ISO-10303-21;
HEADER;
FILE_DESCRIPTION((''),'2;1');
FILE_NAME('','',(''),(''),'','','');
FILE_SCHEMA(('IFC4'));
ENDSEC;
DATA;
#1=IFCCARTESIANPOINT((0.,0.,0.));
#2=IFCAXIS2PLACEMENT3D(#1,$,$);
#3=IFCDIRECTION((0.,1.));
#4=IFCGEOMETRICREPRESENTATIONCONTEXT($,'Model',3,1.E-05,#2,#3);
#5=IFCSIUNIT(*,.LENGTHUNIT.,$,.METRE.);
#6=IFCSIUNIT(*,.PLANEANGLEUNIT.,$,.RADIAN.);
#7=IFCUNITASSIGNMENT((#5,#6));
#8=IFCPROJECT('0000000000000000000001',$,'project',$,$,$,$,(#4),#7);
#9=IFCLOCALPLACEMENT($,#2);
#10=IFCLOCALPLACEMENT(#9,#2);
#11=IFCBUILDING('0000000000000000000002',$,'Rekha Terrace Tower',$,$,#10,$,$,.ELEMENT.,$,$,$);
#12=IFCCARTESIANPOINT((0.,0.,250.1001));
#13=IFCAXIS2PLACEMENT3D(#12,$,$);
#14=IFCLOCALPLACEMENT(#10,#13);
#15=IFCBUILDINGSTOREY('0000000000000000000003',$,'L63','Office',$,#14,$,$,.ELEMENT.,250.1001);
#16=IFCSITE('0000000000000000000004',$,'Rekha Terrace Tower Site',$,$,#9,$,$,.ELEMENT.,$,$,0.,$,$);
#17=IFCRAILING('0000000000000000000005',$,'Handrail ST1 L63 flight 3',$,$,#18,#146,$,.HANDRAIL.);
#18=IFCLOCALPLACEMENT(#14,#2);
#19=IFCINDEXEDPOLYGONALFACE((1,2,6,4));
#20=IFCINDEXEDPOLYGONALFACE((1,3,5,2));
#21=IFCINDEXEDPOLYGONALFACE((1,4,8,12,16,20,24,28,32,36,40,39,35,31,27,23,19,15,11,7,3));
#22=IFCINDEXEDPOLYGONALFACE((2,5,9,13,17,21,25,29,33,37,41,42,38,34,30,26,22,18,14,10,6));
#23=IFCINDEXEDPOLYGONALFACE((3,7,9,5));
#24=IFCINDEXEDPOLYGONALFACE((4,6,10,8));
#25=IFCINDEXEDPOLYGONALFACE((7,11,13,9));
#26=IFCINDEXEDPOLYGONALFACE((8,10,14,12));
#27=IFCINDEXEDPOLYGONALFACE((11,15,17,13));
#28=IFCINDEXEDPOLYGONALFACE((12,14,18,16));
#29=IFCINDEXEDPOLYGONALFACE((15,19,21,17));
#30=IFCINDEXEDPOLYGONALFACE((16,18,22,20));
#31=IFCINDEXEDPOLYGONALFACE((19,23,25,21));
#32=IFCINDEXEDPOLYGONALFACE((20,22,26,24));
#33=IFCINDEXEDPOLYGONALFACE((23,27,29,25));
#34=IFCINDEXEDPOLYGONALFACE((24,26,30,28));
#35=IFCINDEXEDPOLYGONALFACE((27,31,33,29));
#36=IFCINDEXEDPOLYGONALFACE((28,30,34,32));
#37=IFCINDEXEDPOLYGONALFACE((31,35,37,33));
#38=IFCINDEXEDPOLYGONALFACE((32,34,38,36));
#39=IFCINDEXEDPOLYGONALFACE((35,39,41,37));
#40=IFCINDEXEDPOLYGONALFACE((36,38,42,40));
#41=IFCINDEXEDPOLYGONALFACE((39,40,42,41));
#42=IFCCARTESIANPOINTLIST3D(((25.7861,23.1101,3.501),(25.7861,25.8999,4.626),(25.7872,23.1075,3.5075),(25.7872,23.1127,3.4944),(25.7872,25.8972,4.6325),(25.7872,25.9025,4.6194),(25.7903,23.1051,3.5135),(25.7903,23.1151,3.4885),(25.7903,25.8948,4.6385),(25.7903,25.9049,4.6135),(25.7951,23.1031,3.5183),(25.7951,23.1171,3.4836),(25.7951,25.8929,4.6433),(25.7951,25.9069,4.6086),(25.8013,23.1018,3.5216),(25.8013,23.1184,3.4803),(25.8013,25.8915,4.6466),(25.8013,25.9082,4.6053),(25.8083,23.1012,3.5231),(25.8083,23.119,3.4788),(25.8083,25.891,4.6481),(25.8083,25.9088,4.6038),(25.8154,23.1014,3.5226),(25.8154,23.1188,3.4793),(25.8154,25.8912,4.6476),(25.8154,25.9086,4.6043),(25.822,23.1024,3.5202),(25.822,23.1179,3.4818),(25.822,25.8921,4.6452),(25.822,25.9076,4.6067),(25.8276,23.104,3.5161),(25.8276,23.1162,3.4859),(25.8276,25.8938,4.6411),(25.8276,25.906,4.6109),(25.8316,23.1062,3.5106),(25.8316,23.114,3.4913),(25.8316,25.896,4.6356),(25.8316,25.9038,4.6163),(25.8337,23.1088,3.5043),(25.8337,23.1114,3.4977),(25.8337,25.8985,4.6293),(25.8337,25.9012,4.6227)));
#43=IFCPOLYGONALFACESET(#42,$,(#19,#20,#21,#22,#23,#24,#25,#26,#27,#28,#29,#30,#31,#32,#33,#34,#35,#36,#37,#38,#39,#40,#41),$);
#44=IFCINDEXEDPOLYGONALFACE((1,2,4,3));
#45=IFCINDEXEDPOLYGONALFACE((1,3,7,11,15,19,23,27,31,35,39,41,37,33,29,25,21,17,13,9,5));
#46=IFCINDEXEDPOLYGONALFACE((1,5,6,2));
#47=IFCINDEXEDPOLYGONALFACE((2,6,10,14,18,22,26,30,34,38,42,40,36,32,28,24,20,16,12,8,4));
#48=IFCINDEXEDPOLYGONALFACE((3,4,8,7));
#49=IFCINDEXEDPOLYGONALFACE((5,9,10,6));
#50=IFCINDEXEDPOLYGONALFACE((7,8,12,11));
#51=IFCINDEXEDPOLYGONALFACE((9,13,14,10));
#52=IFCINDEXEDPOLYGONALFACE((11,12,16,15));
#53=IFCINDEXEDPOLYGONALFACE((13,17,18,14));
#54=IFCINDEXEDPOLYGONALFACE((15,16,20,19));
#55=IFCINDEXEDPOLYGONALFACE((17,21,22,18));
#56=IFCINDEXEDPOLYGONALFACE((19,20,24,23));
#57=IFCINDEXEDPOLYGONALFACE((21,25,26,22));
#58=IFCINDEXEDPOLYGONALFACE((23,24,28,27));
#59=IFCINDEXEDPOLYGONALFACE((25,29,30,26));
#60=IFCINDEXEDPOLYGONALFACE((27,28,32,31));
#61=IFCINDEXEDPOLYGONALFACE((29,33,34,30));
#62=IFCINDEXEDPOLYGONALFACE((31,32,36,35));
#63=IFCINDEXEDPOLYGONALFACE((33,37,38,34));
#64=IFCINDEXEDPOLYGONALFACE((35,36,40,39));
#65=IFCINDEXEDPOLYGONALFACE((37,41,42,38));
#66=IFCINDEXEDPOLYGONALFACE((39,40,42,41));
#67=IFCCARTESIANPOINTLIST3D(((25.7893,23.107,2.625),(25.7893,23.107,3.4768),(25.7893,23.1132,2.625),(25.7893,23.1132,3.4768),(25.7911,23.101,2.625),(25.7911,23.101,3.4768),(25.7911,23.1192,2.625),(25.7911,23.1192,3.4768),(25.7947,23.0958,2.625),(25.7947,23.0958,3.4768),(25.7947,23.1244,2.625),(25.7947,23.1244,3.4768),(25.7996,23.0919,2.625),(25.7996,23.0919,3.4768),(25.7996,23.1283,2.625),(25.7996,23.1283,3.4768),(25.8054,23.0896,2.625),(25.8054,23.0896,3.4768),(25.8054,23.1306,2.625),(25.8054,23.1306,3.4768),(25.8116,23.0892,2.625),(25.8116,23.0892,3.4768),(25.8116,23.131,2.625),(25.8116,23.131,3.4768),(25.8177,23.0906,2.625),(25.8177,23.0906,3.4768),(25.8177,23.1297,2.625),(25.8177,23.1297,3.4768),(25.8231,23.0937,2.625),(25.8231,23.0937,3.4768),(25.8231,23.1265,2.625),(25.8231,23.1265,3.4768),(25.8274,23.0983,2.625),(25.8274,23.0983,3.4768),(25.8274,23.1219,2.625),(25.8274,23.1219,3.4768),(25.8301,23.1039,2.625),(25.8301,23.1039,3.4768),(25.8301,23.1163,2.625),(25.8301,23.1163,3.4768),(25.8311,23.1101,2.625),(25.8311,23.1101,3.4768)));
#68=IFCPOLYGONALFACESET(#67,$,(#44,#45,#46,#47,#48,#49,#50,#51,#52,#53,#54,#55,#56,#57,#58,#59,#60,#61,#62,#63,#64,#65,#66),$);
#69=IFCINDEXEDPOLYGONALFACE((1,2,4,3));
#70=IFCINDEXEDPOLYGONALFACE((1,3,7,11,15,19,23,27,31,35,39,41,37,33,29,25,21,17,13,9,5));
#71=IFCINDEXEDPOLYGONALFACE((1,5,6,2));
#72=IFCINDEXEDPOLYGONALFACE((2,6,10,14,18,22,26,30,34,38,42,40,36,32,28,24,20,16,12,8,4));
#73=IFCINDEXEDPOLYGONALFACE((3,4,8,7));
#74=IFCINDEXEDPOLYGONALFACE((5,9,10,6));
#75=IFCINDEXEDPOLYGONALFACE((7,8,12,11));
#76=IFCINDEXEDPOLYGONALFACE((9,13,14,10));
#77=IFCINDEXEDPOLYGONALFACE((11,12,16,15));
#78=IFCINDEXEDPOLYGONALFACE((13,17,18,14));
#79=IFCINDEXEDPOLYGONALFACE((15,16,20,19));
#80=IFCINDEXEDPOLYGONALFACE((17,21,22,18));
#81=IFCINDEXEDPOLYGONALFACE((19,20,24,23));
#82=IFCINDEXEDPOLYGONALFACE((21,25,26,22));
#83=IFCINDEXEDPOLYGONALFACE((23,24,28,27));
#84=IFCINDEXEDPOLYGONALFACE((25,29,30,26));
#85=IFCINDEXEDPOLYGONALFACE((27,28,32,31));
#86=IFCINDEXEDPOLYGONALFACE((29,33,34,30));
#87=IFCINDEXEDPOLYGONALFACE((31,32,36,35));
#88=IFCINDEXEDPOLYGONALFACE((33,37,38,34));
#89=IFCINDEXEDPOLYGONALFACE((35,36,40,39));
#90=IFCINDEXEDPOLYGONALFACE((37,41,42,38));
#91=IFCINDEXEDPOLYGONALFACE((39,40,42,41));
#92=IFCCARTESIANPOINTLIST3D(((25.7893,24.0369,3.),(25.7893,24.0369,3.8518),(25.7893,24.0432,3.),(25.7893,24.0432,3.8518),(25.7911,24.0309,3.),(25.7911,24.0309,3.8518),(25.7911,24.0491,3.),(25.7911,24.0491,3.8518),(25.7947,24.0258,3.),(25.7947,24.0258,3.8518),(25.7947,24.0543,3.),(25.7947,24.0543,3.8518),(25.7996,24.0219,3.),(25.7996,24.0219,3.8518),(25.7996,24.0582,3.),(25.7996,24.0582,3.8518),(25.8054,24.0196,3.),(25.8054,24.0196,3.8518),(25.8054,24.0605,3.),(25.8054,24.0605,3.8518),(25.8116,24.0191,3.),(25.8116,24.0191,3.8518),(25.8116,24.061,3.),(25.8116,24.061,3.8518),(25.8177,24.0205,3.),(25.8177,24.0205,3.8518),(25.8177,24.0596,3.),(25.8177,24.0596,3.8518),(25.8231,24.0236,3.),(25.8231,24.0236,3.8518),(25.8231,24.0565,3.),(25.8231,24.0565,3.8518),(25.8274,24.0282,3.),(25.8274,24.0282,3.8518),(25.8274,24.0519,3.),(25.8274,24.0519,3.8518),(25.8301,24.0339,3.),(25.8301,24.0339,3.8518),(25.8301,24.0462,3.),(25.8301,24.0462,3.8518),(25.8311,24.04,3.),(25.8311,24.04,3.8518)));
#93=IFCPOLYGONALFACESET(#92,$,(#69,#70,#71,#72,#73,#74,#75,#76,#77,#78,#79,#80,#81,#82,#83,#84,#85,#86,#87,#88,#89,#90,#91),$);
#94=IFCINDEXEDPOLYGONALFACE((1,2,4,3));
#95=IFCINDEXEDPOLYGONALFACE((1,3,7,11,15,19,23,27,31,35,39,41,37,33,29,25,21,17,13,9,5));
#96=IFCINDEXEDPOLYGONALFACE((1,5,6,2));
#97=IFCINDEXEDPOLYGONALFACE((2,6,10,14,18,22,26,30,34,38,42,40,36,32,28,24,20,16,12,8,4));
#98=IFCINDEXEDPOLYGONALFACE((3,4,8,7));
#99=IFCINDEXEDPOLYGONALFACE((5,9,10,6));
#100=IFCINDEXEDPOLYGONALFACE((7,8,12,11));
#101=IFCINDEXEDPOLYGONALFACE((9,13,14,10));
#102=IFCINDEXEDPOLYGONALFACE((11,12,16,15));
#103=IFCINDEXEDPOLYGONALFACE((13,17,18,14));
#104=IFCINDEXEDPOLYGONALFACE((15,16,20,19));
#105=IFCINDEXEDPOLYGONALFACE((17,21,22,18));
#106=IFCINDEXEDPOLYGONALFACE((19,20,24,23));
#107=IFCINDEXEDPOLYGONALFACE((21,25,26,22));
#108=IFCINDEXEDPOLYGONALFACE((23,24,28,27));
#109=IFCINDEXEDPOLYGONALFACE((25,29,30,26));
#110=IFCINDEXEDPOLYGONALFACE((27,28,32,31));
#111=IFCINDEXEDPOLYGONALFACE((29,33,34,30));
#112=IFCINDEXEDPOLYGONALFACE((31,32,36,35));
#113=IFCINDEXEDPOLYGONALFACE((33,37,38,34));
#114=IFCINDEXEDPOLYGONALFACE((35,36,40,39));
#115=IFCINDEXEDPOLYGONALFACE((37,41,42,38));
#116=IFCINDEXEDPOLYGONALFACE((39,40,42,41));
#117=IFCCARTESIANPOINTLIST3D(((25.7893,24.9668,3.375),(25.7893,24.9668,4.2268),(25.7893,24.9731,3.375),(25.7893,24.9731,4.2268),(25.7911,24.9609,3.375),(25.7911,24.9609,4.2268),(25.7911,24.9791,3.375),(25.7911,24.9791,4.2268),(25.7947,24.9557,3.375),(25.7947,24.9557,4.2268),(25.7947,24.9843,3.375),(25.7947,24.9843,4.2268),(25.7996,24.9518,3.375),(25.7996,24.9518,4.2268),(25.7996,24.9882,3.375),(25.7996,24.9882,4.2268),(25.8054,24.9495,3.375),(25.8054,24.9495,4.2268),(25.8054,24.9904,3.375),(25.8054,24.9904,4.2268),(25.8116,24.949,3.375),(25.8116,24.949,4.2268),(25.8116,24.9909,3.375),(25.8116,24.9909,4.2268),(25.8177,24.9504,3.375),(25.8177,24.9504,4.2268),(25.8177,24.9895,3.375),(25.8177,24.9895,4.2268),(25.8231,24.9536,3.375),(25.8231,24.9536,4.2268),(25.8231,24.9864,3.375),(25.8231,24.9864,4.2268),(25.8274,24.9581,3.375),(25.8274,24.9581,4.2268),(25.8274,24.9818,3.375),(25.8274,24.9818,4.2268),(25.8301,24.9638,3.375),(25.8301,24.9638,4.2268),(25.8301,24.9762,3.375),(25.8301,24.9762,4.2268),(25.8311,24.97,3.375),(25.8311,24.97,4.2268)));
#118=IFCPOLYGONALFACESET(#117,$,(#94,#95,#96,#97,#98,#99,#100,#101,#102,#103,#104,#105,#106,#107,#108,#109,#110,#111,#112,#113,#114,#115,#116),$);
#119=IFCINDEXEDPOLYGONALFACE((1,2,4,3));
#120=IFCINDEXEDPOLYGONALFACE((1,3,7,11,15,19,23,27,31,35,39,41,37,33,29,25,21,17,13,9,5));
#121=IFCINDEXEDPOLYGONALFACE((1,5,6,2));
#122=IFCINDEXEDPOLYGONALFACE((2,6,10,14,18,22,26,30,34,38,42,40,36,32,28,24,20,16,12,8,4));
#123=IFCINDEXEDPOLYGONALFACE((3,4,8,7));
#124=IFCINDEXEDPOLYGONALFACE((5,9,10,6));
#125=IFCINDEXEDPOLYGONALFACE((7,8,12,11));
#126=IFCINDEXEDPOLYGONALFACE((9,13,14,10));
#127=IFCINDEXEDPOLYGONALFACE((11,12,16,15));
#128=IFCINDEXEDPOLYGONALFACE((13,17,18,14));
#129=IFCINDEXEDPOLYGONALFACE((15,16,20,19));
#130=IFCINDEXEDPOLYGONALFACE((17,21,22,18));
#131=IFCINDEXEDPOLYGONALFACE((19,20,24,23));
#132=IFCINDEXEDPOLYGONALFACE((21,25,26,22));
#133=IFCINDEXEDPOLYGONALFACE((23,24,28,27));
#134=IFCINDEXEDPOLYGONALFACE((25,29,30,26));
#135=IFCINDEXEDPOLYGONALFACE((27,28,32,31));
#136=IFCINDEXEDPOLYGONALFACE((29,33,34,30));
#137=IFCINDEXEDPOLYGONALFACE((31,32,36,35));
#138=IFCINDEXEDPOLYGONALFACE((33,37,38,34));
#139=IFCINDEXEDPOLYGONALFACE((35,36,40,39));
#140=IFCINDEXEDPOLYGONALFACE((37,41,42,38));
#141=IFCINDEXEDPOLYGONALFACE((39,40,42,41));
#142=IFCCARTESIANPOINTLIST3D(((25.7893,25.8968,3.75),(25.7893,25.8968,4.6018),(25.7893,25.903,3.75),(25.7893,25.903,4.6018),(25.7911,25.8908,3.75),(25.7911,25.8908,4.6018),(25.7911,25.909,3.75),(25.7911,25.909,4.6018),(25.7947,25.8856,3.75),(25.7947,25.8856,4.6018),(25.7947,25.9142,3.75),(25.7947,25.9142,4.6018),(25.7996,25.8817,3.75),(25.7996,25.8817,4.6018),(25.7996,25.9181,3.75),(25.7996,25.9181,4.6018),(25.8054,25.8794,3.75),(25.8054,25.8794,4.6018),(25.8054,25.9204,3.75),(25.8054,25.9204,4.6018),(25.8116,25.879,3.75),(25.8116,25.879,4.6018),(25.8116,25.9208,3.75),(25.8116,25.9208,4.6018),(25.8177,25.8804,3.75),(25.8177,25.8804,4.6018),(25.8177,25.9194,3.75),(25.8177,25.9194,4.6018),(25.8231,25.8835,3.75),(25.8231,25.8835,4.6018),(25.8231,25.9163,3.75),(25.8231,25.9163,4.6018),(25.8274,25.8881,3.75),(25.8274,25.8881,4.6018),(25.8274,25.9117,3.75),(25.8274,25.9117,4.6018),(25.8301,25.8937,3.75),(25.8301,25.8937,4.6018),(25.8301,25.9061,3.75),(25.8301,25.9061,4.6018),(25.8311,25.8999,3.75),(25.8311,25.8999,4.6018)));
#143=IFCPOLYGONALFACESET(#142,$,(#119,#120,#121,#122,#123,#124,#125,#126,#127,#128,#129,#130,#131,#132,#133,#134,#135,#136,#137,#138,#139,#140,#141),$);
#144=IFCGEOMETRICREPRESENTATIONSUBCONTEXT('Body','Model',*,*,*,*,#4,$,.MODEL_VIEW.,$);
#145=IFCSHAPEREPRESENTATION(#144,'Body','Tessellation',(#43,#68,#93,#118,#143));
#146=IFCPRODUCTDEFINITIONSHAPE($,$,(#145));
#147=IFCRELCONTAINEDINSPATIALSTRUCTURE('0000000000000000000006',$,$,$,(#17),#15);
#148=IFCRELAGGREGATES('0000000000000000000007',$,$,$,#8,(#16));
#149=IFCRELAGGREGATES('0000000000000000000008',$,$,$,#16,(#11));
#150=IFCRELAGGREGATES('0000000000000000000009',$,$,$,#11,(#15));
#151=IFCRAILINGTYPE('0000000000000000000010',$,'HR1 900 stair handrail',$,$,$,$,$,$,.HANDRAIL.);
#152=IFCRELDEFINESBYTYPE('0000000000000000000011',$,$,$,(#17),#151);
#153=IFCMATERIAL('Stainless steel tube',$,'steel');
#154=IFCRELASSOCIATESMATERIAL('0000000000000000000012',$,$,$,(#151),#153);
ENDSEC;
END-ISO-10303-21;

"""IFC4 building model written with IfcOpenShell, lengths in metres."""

from ifc_helpers import new_model, si_unit, direction, frame, origin, origin_2d, place, context, subcontext, project, spatial, circle, extrude, material, type_object, element, save


model = new_model("IFC4")

# Units and contexts
model_context = context("Model", 3, precision=1e-05, world=origin(), true_north=direction((0.0, 1.0)))
body_context = subcontext(model_context, "Body", "Model", "MODEL_VIEW")
ifc_project = project(units=[si_unit("LENGTHUNIT", "METRE"), si_unit("PLANEANGLEUNIT", "RADIAN")], contexts=[model_context])

# Site, building, storey
site_placement = place(None, origin())
site = spatial("IfcSite", under=ifc_project, at=site_placement, Name="Rekha Terrace Tower Site", CompositionType="ELEMENT", RefElevation=0.0)
building_placement = place(site_placement, origin())
building = spatial("IfcBuilding", under=site, at=building_placement, Name="Rekha Terrace Tower", CompositionType="ELEMENT")
storey_placement = place(building_placement, frame((0.0, 0.0, 250.1001)))
storey = spatial("IfcBuildingStorey", under=building, at=storey_placement, Name="L63", Description="Office", CompositionType="ELEMENT", Elevation=250.1001)

# Railing
ifc_material_1 = material(Name="Stainless steel tube", Category="steel")
railing_type_1 = type_object("IfcRailingType", Name="HR1 900 stair handrail", PredefinedType="HANDRAIL", material=ifc_material_1)
railing_1_placement = place(storey_placement, frame((25.8101, 23.1101, 2.625)))
element("IfcRailing", 1, at=railing_1_placement, inside=storey, type_object=railing_type_1, Name="Handrail ST1 L63 flight 3", PredefinedType="HANDRAIL", context=body_context, shape_type="SweptSolid", body=[
    extrude(circle(Radius=0.0239, at=origin_2d()), frame((0.0, 0.0, 0.876), z_axis=(0.0, 0.927432, 0.373992), x_axis=(-1.0, 0.0, 0.0)), (0.0, 0.0, 1.0), 3.0081),
    extrude(circle(Radius=0.021, at=origin_2d()), origin(), (0.0, 0.0, 1.0), 0.8518),
    extrude(circle(Radius=0.021, at=origin_2d()), frame((0.0, 0.9299, 0.375)), (0.0, 0.0, 1.0), 0.8518),
    extrude(circle(Radius=0.021, at=origin_2d()), frame((0.0, 1.8599, 0.75)), (0.0, 0.0, 1.0), 0.8518),
    extrude(circle(Radius=0.021, at=origin_2d()), frame((0.0, 2.7898, 1.125)), (0.0, 0.0, 1.0), 0.8518),
])

save(model, "model.ifc")
